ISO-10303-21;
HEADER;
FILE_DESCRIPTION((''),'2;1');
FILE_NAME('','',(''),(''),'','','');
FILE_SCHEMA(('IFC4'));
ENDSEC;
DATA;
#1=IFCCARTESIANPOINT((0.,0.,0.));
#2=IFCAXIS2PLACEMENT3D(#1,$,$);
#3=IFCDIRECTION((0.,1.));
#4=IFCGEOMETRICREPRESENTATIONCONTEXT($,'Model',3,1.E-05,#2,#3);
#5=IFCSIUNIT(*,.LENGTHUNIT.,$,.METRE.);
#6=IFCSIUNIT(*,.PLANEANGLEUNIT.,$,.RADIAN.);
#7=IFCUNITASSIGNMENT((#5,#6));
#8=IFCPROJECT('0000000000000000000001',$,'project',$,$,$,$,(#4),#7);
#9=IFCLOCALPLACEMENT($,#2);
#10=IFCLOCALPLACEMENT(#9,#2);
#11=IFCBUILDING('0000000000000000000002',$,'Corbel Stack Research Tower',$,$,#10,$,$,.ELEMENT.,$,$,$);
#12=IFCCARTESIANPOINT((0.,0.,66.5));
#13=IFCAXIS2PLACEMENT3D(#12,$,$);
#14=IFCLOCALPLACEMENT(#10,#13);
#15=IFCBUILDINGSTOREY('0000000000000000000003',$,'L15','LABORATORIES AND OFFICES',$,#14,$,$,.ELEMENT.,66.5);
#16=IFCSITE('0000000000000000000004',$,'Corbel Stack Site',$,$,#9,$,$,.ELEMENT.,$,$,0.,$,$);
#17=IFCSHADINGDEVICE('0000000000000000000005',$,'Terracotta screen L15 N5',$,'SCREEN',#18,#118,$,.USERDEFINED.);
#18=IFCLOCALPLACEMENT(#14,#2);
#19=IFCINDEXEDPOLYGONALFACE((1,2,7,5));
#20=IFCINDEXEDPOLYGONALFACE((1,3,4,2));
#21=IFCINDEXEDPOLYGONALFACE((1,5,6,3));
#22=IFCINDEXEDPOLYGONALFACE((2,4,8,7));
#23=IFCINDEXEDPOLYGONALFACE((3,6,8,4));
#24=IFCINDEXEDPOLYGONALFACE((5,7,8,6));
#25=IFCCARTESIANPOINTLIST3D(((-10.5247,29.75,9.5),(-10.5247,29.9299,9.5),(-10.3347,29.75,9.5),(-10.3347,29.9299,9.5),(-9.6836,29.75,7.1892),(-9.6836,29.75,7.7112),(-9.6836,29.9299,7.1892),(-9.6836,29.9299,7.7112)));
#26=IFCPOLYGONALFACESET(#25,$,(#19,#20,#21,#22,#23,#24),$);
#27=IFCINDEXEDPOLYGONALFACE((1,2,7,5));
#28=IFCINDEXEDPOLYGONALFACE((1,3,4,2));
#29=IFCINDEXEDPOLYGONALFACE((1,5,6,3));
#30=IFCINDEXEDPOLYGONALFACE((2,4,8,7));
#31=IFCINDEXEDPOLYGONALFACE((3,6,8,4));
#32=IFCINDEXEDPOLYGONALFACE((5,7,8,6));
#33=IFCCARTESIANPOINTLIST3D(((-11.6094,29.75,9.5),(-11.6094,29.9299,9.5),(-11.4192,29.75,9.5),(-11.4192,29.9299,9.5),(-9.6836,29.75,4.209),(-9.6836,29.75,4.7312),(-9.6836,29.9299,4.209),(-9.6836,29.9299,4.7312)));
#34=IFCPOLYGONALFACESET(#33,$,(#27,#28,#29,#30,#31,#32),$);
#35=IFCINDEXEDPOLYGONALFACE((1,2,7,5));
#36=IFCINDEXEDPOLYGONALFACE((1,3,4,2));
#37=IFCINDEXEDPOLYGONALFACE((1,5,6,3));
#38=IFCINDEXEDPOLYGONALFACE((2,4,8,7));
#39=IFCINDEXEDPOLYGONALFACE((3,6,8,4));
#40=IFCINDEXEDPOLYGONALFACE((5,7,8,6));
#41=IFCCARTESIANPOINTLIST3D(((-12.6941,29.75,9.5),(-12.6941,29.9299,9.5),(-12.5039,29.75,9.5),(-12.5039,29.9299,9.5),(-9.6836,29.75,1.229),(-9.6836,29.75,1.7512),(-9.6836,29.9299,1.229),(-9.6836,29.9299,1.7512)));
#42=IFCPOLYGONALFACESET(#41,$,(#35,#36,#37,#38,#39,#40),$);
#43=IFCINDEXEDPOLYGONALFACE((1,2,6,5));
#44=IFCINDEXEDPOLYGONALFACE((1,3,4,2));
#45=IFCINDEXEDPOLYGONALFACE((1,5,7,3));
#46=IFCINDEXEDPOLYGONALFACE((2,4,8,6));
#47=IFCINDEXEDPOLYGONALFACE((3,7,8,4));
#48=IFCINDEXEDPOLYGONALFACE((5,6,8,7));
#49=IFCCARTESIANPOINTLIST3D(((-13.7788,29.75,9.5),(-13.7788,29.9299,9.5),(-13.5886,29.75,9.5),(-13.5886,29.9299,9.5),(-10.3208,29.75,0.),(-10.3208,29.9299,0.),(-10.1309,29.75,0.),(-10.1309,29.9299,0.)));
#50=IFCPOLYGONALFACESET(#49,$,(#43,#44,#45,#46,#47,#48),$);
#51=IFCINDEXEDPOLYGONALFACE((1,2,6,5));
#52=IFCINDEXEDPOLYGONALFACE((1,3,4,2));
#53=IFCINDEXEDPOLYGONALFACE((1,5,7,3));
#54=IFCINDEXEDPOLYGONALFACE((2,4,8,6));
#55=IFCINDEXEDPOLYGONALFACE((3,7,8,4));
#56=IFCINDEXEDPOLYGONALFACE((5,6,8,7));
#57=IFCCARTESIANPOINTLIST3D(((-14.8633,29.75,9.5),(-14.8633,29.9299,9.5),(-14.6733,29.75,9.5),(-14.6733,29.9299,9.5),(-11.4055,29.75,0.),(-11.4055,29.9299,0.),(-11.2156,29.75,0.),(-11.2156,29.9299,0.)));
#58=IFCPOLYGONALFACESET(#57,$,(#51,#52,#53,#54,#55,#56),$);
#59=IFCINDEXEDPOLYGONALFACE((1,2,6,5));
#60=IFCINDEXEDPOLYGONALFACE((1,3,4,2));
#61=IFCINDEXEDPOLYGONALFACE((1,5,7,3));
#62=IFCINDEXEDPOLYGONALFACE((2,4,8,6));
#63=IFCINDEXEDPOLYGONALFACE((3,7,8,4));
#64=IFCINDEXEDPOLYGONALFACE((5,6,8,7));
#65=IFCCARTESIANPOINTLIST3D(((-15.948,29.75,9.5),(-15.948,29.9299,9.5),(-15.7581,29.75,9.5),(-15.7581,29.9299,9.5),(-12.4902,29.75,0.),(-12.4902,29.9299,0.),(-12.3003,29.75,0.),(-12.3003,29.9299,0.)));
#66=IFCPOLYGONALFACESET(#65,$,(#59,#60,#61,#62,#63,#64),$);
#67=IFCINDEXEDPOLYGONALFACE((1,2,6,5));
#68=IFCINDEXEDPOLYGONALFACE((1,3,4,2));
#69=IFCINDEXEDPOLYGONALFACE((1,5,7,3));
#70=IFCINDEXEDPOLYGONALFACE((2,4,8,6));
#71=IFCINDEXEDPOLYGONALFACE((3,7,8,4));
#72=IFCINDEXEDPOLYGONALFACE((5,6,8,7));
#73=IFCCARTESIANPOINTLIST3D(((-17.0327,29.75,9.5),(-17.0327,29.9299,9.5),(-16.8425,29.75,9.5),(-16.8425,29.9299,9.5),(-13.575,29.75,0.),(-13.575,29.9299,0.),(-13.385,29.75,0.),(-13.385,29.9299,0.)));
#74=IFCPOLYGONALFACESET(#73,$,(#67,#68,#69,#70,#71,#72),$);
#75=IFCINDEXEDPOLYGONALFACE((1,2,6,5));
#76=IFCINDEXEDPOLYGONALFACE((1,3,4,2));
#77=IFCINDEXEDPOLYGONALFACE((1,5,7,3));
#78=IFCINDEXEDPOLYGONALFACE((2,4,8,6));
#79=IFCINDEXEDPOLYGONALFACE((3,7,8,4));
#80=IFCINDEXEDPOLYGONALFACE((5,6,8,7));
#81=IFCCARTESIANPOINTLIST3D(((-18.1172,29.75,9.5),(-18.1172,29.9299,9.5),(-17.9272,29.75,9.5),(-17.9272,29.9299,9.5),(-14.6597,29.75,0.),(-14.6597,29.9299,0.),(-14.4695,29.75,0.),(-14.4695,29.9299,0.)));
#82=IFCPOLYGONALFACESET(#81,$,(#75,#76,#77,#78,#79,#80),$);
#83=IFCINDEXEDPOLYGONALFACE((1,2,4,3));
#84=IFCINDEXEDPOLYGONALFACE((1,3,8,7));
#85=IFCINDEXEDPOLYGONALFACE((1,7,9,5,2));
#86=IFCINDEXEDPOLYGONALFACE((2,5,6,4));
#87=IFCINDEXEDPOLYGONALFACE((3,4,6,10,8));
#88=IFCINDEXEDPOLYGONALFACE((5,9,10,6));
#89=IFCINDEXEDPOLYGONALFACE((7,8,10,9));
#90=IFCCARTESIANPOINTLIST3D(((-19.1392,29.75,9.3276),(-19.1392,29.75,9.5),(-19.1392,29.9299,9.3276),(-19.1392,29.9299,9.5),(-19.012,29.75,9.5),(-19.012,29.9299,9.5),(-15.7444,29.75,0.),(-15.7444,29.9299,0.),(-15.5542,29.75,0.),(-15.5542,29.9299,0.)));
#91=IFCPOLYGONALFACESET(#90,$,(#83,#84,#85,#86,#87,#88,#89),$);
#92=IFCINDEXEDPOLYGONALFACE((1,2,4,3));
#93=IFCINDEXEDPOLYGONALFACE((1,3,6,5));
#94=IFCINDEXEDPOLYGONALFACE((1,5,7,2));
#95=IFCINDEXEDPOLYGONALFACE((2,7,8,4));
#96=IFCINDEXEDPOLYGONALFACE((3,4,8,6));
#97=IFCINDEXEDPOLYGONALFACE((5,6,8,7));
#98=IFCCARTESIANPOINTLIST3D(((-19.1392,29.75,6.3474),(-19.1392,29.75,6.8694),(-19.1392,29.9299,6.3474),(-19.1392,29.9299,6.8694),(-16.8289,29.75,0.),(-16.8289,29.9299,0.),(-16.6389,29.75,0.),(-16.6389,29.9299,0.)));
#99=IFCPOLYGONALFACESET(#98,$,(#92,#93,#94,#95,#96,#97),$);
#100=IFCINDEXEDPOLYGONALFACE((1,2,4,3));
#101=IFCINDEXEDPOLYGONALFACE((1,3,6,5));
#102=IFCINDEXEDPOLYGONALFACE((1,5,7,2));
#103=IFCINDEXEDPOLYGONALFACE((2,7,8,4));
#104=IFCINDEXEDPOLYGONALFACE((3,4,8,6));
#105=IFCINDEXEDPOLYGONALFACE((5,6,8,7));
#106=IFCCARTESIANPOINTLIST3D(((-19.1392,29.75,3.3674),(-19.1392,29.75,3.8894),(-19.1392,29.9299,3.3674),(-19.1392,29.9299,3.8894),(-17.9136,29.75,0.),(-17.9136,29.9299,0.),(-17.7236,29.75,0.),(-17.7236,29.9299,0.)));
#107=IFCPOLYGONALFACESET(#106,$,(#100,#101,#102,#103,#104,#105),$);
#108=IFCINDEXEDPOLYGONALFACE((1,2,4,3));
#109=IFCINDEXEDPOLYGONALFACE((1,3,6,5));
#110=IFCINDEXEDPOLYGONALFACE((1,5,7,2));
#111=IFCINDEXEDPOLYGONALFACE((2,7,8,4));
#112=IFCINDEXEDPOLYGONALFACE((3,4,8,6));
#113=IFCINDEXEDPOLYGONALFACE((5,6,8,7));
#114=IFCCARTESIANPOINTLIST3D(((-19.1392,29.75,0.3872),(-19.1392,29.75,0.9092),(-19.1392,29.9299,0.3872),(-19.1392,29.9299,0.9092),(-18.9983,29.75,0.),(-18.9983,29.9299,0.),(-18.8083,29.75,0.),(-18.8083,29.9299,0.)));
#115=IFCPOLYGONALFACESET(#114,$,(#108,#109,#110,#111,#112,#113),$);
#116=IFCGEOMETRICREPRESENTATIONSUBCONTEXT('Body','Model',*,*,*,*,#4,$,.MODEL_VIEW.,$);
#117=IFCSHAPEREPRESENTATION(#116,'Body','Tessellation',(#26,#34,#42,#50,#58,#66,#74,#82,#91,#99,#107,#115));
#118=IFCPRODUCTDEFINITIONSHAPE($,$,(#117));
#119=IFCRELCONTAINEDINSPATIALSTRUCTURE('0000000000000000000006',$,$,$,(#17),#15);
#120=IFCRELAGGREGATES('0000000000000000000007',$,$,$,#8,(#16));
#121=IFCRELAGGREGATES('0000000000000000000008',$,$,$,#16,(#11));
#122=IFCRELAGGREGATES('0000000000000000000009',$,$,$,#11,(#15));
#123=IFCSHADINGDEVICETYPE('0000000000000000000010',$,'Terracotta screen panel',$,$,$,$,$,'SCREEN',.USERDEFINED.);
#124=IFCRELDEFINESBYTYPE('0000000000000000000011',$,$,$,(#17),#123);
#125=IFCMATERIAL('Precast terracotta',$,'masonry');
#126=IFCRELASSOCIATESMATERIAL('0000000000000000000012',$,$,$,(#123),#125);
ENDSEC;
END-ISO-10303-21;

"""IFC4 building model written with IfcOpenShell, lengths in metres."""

from ifc_helpers import new_model, si_unit, direction, frame, origin, place, context, subcontext, project, spatial, polyline, outline, extrude, source, transform, mapped, material, type_object, element, save


model = new_model("IFC4")

# Units and contexts
model_context = context("Model", 3, precision=1e-05, world=origin(), true_north=direction((0.0, 1.0)))
body_context = subcontext(model_context, "Body", "Model", "MODEL_VIEW")
ifc_project = project(units=[si_unit("LENGTHUNIT", "METRE"), si_unit("PLANEANGLEUNIT", "RADIAN")], contexts=[model_context])

# Site, building, storey
site_placement = place(None, origin())
site = spatial("IfcSite", under=ifc_project, at=site_placement, Name="Corbel Stack Site", CompositionType="ELEMENT", RefElevation=0.0)
building_placement = place(site_placement, origin())
building = spatial("IfcBuilding", under=site, at=building_placement, Name="Corbel Stack Research Tower", CompositionType="ELEMENT")
storey_placement = place(building_placement, frame((0.0, 0.0, 66.5)))
storey = spatial("IfcBuildingStorey", under=building, at=storey_placement, Name="L15", Description="LABORATORIES AND OFFICES", CompositionType="ELEMENT", Elevation=66.5)

# Shading device
ifc_material_1 = material(Name="Precast terracotta", Category="masonry")
shading_device_type = type_object("IfcShadingDeviceType", Name="Terracotta screen panel", ElementType="SCREEN", PredefinedType="USERDEFINED", material=ifc_material_1)
shared_shape_1 = source(origin(), body_context, "Body", "SweptSolid", [
    extrude(outline(polyline([(0.8411, 9.5), (0.6511, 9.5), (0.0, 7.7112), (0.0, 7.1892), (0.8411, 9.5)])), frame((0.0, 0.0, 0.0), z_axis=(0.0, -1.0, 0.0), x_axis=(1.0, 0.0, 0.0)), (0.0, 0.0, 1.0), 0.1799),
    extrude(outline(polyline([(1.9258, 9.5), (1.7356, 9.5), (0.0, 4.7312), (0.0, 4.209), (1.9258, 9.5)])), frame((0.0, 0.0, 0.0), z_axis=(0.0, -1.0, 0.0), x_axis=(1.0, 0.0, 0.0)), (0.0, 0.0, 1.0), 0.1799),
    extrude(outline(polyline([(3.0105, 9.5), (2.8203, 9.5), (0.0, 1.7512), (0.0, 1.229), (3.0105, 9.5)])), frame((0.0, 0.0, 0.0), z_axis=(0.0, -1.0, 0.0), x_axis=(1.0, 0.0, 0.0)), (0.0, 0.0, 1.0), 0.1799),
    extrude(outline(polyline([(0.6372, 0.0), (4.0952, 9.5), (3.905, 9.5), (0.4473, 0.0), (0.6372, 0.0)])), frame((0.0, 0.0, 0.0), z_axis=(0.0, -1.0, 0.0), x_axis=(1.0, 0.0, 0.0)), (0.0, 0.0, 1.0), 0.1799),
    extrude(outline(polyline([(1.7219, 0.0), (5.1797, 9.5), (4.9897, 9.5), (1.532, 0.0), (1.7219, 0.0)])), frame((0.0, 0.0, 0.0), z_axis=(0.0, -1.0, 0.0), x_axis=(1.0, 0.0, 0.0)), (0.0, 0.0, 1.0), 0.1799),
    extrude(outline(polyline([(2.8066, 0.0), (6.2644, 9.5), (6.0745, 9.5), (2.6167, 0.0), (2.8066, 0.0)])), frame((0.0, 0.0, 0.0), z_axis=(0.0, -1.0, 0.0), x_axis=(1.0, 0.0, 0.0)), (0.0, 0.0, 1.0), 0.1799),
    extrude(outline(polyline([(3.8914, 0.0), (7.3491, 9.5), (7.1589, 9.5), (3.7014, 0.0), (3.8914, 0.0)])), frame((0.0, 0.0, 0.0), z_axis=(0.0, -1.0, 0.0), x_axis=(1.0, 0.0, 0.0)), (0.0, 0.0, 1.0), 0.1799),
    extrude(outline(polyline([(4.9761, 0.0), (8.4336, 9.5), (8.2437, 9.5), (4.7859, 0.0), (4.9761, 0.0)])), frame((0.0, 0.0, 0.0), z_axis=(0.0, -1.0, 0.0), x_axis=(1.0, 0.0, 0.0)), (0.0, 0.0, 1.0), 0.1799),
    extrude(outline(polyline([(6.0608, 0.0), (9.4556, 9.3276), (9.4556, 9.5), (9.3284, 9.5), (5.8706, 0.0), (6.0608, 0.0)])), frame((0.0, 0.0, 0.0), z_axis=(0.0, -1.0, 0.0), x_axis=(1.0, 0.0, 0.0)), (0.0, 0.0, 1.0), 0.1799),
    extrude(outline(polyline([(7.1453, 0.0), (9.4556, 6.3474), (9.4556, 6.8694), (6.9553, 0.0), (7.1453, 0.0)])), frame((0.0, 0.0, 0.0), z_axis=(0.0, -1.0, 0.0), x_axis=(1.0, 0.0, 0.0)), (0.0, 0.0, 1.0), 0.1799),
    extrude(outline(polyline([(8.23, 0.0), (9.4556, 3.3674), (9.4556, 3.8894), (8.04, 0.0), (8.23, 0.0)])), frame((0.0, 0.0, 0.0), z_axis=(0.0, -1.0, 0.0), x_axis=(1.0, 0.0, 0.0)), (0.0, 0.0, 1.0), 0.1799),
    extrude(outline(polyline([(9.3147, 0.0), (9.4556, 0.3872), (9.4556, 0.9092), (9.1248, 0.0), (9.3147, 0.0)])), frame((0.0, 0.0, 0.0), z_axis=(0.0, -1.0, 0.0), x_axis=(1.0, 0.0, 0.0)), (0.0, 0.0, 1.0), 0.1799),
])
shading_device_1_placement = place(storey_placement, frame((-9.6836, 29.75, 0.0), z_axis=(0.0, 0.0, 1.0), x_axis=(-1.0, 0.0, 0.0)))
element("IfcShadingDevice", 1, at=shading_device_1_placement, inside=storey, type_object=shading_device_type, Name="Terracotta screen L15 N5", ObjectType="SCREEN", PredefinedType="USERDEFINED", context=body_context, shape_type="MappedRepresentation", body=[
    mapped(shared_shape_1, transform((0.0, 0.0, 0.0))),
])

save(model, "model.ifc")
